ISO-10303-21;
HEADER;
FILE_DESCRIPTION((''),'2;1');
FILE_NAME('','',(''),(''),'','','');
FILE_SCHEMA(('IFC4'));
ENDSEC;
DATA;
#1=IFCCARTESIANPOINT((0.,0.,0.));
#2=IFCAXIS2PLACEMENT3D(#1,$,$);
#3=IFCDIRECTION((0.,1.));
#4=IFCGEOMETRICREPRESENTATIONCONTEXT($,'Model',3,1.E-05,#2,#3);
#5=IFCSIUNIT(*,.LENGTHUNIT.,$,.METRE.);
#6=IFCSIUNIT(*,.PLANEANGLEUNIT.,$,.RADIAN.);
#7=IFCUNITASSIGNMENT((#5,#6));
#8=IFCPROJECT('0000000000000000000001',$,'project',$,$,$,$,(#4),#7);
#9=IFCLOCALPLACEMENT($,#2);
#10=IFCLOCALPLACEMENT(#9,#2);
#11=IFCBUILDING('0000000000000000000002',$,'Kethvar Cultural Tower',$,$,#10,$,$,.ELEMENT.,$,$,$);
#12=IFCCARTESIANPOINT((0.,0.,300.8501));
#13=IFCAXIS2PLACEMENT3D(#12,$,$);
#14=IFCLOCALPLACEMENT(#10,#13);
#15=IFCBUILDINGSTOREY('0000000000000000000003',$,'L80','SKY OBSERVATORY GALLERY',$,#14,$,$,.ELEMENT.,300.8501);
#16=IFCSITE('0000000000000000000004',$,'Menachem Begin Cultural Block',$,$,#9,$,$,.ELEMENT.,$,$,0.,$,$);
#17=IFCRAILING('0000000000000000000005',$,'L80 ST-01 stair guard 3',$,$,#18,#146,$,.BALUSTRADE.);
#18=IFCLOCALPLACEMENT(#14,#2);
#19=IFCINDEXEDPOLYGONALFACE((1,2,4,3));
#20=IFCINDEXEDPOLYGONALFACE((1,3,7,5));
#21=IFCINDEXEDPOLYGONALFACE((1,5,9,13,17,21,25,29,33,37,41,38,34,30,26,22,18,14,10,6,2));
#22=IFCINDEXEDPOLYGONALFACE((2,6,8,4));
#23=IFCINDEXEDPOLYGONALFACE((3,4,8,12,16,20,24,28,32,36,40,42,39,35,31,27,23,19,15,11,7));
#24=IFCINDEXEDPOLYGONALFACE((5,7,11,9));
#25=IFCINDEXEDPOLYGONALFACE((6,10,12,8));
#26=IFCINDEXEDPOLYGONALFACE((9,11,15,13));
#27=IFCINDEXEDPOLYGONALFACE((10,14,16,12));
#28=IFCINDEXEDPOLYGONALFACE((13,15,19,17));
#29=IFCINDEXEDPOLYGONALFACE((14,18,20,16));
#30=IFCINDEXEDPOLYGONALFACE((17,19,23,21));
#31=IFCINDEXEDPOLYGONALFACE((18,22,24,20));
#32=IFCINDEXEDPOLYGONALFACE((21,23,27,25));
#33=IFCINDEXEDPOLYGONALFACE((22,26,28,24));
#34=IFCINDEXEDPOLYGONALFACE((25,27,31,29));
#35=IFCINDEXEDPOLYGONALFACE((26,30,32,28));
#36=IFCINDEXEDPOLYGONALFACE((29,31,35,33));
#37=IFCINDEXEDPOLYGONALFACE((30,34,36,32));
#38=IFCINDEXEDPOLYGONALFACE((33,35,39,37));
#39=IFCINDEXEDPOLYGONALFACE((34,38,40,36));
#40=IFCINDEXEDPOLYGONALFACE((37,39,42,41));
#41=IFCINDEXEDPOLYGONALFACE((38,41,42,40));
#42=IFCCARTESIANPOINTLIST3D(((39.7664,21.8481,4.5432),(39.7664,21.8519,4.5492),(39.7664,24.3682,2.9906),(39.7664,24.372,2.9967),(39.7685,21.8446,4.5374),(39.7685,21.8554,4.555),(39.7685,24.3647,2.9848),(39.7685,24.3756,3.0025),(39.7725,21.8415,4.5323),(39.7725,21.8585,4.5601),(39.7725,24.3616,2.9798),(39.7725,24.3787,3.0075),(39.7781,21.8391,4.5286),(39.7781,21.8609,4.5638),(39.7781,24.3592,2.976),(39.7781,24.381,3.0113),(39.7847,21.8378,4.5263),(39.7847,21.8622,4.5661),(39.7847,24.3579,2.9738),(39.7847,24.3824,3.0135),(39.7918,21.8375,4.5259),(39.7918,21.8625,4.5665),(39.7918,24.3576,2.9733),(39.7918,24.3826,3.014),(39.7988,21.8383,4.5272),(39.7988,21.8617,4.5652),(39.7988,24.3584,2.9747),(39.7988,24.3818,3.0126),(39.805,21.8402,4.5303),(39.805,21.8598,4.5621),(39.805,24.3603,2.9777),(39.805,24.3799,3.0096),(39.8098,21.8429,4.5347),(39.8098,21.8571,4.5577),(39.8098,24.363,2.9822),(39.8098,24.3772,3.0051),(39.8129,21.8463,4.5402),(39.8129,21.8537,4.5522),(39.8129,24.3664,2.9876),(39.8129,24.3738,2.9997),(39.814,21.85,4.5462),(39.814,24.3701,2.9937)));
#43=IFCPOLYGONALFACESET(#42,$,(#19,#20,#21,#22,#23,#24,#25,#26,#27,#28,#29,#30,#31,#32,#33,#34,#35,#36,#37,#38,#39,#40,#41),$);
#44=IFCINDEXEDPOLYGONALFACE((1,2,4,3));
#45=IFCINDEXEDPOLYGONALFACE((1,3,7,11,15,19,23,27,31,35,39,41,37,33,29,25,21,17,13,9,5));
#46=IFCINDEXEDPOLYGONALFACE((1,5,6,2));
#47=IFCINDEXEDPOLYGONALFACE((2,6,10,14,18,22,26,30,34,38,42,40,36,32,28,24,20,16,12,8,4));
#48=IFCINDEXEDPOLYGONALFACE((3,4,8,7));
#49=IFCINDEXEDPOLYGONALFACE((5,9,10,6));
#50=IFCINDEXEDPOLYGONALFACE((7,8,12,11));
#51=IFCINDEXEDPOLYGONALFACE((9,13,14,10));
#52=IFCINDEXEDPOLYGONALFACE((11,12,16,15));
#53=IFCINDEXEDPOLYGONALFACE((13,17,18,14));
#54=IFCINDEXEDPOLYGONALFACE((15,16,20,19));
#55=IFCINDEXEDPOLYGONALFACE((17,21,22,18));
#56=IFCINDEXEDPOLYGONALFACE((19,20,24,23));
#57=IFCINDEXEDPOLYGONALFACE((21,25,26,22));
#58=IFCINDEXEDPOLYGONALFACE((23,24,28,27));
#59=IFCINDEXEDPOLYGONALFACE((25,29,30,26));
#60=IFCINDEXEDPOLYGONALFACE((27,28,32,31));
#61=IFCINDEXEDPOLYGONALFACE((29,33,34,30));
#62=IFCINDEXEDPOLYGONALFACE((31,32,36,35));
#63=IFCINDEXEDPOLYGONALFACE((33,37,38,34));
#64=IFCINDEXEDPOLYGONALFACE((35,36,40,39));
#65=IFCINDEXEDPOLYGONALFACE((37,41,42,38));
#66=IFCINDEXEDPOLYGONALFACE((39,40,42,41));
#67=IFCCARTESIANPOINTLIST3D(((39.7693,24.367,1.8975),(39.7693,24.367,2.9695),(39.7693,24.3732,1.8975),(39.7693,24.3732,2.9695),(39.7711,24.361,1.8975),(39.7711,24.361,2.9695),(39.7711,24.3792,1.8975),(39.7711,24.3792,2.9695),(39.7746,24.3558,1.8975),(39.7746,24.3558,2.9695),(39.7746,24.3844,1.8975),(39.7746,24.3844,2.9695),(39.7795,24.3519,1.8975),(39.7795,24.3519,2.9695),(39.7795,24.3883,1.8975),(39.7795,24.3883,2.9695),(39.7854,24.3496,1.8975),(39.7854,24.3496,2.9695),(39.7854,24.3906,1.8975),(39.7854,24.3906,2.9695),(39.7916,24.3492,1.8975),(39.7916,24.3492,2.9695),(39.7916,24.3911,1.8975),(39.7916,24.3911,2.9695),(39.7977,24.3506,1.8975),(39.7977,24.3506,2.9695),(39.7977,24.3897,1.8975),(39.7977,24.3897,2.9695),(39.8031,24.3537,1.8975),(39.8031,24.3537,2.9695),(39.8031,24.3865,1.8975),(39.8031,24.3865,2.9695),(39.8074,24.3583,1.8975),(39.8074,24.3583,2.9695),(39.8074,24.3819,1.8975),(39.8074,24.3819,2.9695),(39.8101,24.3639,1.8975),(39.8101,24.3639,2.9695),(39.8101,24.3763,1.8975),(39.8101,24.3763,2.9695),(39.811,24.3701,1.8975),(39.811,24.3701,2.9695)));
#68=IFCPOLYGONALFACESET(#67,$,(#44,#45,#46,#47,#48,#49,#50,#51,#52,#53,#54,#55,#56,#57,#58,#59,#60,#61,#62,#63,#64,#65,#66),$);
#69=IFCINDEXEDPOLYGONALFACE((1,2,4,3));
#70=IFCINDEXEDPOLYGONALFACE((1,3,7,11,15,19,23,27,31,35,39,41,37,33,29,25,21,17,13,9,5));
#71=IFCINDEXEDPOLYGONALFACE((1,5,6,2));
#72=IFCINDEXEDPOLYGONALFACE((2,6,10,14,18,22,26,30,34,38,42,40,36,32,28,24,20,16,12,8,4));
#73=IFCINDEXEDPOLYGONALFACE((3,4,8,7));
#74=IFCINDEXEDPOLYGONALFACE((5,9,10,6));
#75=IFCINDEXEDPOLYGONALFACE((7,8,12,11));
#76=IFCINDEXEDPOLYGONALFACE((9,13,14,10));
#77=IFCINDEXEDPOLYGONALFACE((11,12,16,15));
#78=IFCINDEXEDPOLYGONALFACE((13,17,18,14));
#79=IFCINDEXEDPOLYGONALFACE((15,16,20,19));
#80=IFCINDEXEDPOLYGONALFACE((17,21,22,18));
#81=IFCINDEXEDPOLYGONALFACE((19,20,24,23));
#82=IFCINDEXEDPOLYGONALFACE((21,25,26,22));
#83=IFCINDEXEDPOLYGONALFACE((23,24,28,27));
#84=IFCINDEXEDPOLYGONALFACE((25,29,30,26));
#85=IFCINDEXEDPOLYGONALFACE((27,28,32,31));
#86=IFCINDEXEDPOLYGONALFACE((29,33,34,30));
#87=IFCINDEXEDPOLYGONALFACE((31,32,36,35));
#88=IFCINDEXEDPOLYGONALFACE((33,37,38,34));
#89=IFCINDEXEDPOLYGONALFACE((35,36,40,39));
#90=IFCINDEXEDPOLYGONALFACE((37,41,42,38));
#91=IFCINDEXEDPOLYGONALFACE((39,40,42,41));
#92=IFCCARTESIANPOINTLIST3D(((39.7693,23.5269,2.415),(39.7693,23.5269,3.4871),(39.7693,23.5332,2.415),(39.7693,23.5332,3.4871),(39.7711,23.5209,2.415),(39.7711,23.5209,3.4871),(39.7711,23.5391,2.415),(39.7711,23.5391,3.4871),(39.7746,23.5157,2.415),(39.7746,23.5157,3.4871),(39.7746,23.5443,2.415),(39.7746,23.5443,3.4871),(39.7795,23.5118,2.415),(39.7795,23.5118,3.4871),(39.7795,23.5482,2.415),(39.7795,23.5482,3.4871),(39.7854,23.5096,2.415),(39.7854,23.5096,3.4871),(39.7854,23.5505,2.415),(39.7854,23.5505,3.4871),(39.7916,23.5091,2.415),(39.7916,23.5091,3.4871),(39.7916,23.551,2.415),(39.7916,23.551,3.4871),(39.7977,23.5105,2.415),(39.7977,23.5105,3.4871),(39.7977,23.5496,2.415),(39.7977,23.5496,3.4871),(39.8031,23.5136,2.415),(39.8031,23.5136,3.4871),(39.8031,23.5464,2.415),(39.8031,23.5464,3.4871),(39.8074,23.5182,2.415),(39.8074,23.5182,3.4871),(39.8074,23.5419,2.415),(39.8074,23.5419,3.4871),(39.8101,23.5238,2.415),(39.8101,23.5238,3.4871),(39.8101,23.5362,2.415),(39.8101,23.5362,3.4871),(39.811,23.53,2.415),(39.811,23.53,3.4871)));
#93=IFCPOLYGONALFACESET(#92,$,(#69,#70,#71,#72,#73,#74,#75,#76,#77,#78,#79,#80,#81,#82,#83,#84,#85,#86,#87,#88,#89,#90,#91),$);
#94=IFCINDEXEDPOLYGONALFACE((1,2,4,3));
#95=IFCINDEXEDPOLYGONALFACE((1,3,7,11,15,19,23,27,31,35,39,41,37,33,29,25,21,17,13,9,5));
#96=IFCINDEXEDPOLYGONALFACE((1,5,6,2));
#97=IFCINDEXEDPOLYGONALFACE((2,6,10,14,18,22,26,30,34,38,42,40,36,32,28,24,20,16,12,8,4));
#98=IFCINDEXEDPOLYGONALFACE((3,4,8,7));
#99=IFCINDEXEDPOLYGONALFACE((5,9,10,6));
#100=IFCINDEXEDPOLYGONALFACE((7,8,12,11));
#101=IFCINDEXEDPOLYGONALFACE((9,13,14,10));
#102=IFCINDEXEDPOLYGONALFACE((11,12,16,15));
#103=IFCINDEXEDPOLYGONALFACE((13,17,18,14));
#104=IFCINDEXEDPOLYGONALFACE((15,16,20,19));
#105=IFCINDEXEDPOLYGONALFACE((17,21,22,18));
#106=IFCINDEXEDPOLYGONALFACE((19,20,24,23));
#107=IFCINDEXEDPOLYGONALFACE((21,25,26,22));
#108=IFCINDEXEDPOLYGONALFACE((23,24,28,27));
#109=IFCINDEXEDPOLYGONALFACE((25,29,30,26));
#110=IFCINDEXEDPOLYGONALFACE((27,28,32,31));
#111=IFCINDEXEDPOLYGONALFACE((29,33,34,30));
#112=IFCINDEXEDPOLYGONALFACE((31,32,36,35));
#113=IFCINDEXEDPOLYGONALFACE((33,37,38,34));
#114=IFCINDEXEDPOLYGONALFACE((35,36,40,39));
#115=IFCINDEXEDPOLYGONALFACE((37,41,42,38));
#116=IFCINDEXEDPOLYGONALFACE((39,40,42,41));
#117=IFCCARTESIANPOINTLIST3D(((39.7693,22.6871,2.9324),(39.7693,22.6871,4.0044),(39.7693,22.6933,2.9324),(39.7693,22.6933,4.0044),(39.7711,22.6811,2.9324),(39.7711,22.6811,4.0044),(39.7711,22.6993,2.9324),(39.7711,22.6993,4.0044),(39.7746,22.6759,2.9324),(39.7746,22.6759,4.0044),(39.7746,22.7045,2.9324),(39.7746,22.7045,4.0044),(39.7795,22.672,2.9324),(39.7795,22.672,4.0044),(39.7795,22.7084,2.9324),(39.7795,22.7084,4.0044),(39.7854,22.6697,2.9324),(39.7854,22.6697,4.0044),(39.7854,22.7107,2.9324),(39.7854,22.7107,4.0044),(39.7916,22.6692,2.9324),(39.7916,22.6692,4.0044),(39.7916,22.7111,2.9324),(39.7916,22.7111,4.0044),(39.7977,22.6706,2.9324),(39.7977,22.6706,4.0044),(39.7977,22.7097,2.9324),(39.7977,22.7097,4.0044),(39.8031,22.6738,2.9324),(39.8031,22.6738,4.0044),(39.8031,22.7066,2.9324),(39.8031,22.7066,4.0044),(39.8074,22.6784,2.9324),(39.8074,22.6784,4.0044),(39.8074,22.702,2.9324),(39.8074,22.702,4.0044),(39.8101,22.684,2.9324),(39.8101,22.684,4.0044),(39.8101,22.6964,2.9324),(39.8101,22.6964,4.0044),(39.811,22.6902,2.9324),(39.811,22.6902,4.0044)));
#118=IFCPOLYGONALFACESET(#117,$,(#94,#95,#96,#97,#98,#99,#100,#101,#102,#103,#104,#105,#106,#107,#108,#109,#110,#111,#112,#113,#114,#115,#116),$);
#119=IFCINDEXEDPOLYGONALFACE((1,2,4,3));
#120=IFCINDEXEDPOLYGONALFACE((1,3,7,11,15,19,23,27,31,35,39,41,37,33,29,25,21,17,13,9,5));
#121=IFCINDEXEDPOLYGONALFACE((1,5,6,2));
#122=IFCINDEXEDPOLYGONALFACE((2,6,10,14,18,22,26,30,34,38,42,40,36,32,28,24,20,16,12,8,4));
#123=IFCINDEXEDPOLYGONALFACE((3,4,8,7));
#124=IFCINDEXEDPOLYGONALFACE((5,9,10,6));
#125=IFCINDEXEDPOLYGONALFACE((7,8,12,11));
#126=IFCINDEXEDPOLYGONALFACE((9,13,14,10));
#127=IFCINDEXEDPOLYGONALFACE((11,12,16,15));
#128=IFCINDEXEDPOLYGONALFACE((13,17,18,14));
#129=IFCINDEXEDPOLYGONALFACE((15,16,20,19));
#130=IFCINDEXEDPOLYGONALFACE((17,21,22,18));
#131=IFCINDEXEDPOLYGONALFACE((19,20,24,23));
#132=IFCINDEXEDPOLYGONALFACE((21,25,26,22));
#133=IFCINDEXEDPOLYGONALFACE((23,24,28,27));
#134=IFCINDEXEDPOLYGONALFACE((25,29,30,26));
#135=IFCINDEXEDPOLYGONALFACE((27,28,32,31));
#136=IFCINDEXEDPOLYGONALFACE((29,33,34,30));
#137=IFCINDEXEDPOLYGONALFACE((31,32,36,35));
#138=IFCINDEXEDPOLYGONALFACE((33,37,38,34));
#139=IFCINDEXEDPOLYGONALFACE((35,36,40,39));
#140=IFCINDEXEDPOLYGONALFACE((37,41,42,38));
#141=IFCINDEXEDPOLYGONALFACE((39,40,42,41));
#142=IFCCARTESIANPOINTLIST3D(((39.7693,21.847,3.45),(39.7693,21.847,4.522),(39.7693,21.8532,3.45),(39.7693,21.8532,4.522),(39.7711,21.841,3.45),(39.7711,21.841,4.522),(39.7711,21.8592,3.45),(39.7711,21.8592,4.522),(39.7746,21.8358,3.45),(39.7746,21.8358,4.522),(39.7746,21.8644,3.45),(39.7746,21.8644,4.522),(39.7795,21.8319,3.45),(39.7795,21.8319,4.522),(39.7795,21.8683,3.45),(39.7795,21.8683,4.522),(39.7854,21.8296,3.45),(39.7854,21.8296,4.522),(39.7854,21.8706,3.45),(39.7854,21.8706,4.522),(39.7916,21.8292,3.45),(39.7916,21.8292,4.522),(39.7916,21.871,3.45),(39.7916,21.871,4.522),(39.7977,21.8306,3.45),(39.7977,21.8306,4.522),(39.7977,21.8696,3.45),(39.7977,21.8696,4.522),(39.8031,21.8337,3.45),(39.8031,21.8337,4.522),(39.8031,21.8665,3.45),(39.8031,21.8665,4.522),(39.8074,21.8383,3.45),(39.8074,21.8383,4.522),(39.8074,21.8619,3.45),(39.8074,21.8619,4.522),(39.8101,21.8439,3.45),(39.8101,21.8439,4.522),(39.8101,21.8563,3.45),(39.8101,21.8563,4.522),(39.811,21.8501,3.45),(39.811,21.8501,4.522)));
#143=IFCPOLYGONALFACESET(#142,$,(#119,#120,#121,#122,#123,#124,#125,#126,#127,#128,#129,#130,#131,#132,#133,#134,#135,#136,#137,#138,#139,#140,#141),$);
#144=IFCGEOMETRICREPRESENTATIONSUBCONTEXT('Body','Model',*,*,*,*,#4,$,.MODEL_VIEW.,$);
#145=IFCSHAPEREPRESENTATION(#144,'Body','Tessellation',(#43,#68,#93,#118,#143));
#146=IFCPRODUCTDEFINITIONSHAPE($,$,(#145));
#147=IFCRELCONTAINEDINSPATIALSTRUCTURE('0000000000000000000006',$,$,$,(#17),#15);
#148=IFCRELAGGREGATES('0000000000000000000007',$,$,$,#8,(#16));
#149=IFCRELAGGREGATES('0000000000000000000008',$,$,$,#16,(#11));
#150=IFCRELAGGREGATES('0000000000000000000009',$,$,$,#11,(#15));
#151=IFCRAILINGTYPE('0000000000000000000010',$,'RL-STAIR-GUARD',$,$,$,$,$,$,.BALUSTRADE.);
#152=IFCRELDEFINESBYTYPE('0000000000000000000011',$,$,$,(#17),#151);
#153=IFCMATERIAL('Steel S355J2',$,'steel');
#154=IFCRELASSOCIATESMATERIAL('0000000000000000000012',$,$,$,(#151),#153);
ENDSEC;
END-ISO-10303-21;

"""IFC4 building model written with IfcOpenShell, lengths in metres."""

from ifc_helpers import new_model, si_unit, direction, frame, origin, origin_2d, place, context, subcontext, project, spatial, circle, extrude, material, type_object, element, save


model = new_model("IFC4")

# Units and contexts
model_context = context("Model", 3, precision=1e-05, world=origin(), true_north=direction((0.0, 1.0)))
body_context = subcontext(model_context, "Body", "Model", "MODEL_VIEW")
ifc_project = project(units=[si_unit("LENGTHUNIT", "METRE"), si_unit("PLANEANGLEUNIT", "RADIAN")], contexts=[model_context])

# Site, building, storey
site_placement = place(None, origin())
site = spatial("IfcSite", under=ifc_project, at=site_placement, Name="Menachem Begin Cultural Block", CompositionType="ELEMENT", RefElevation=0.0)
building_placement = place(site_placement, origin())
building = spatial("IfcBuilding", under=site, at=building_placement, Name="Kethvar Cultural Tower", CompositionType="ELEMENT")
storey_placement = place(building_placement, frame((0.0, 0.0, 300.8501)))
storey = spatial("IfcBuildingStorey", under=building, at=storey_placement, Name="L80", Description="SKY OBSERVATORY GALLERY", CompositionType="ELEMENT", Elevation=300.8501)

# Shared definitions
ifc_material_1 = material(Name="Steel S355J2", Category="steel")

# Railing
railing_type_1 = type_object("IfcRailingType", Name="RL-STAIR-GUARD", PredefinedType="BALUSTRADE", material=ifc_material_1)
railing_1_placement = place(storey_placement, frame((39.79, 24.3701, 1.8975)))
element("IfcRailing", 1, at=railing_1_placement, inside=storey, type_object=railing_type_1, Name="L80 ST-01 stair guard 3", PredefinedType="BALUSTRADE", context=body_context, shape_type="SweptSolid", body=[
    extrude(circle(Radius=0.0239, at=origin_2d()), frame((0.0, 0.0, 1.0962), z_axis=(0.0, -0.8514, 0.524516), x_axis=(1.0, 0.0, 0.0)), (0.0, 0.0, 1.0), 2.96),
    extrude(circle(Radius=0.021, at=origin_2d()), origin(), (0.0, 0.0, 1.0), 1.072),
    extrude(circle(Radius=0.021, at=origin_2d()), frame((0.0, -0.8401, 0.5176)), (0.0, 0.0, 1.0), 1.072),
    extrude(circle(Radius=0.021, at=origin_2d()), frame((0.0, -1.6799, 1.0349)), (0.0, 0.0, 1.0), 1.072),
    extrude(circle(Radius=0.021, at=origin_2d()), frame((0.0, -2.52, 1.5525)), (0.0, 0.0, 1.0), 1.072),
])

save(model, "model.ifc")
